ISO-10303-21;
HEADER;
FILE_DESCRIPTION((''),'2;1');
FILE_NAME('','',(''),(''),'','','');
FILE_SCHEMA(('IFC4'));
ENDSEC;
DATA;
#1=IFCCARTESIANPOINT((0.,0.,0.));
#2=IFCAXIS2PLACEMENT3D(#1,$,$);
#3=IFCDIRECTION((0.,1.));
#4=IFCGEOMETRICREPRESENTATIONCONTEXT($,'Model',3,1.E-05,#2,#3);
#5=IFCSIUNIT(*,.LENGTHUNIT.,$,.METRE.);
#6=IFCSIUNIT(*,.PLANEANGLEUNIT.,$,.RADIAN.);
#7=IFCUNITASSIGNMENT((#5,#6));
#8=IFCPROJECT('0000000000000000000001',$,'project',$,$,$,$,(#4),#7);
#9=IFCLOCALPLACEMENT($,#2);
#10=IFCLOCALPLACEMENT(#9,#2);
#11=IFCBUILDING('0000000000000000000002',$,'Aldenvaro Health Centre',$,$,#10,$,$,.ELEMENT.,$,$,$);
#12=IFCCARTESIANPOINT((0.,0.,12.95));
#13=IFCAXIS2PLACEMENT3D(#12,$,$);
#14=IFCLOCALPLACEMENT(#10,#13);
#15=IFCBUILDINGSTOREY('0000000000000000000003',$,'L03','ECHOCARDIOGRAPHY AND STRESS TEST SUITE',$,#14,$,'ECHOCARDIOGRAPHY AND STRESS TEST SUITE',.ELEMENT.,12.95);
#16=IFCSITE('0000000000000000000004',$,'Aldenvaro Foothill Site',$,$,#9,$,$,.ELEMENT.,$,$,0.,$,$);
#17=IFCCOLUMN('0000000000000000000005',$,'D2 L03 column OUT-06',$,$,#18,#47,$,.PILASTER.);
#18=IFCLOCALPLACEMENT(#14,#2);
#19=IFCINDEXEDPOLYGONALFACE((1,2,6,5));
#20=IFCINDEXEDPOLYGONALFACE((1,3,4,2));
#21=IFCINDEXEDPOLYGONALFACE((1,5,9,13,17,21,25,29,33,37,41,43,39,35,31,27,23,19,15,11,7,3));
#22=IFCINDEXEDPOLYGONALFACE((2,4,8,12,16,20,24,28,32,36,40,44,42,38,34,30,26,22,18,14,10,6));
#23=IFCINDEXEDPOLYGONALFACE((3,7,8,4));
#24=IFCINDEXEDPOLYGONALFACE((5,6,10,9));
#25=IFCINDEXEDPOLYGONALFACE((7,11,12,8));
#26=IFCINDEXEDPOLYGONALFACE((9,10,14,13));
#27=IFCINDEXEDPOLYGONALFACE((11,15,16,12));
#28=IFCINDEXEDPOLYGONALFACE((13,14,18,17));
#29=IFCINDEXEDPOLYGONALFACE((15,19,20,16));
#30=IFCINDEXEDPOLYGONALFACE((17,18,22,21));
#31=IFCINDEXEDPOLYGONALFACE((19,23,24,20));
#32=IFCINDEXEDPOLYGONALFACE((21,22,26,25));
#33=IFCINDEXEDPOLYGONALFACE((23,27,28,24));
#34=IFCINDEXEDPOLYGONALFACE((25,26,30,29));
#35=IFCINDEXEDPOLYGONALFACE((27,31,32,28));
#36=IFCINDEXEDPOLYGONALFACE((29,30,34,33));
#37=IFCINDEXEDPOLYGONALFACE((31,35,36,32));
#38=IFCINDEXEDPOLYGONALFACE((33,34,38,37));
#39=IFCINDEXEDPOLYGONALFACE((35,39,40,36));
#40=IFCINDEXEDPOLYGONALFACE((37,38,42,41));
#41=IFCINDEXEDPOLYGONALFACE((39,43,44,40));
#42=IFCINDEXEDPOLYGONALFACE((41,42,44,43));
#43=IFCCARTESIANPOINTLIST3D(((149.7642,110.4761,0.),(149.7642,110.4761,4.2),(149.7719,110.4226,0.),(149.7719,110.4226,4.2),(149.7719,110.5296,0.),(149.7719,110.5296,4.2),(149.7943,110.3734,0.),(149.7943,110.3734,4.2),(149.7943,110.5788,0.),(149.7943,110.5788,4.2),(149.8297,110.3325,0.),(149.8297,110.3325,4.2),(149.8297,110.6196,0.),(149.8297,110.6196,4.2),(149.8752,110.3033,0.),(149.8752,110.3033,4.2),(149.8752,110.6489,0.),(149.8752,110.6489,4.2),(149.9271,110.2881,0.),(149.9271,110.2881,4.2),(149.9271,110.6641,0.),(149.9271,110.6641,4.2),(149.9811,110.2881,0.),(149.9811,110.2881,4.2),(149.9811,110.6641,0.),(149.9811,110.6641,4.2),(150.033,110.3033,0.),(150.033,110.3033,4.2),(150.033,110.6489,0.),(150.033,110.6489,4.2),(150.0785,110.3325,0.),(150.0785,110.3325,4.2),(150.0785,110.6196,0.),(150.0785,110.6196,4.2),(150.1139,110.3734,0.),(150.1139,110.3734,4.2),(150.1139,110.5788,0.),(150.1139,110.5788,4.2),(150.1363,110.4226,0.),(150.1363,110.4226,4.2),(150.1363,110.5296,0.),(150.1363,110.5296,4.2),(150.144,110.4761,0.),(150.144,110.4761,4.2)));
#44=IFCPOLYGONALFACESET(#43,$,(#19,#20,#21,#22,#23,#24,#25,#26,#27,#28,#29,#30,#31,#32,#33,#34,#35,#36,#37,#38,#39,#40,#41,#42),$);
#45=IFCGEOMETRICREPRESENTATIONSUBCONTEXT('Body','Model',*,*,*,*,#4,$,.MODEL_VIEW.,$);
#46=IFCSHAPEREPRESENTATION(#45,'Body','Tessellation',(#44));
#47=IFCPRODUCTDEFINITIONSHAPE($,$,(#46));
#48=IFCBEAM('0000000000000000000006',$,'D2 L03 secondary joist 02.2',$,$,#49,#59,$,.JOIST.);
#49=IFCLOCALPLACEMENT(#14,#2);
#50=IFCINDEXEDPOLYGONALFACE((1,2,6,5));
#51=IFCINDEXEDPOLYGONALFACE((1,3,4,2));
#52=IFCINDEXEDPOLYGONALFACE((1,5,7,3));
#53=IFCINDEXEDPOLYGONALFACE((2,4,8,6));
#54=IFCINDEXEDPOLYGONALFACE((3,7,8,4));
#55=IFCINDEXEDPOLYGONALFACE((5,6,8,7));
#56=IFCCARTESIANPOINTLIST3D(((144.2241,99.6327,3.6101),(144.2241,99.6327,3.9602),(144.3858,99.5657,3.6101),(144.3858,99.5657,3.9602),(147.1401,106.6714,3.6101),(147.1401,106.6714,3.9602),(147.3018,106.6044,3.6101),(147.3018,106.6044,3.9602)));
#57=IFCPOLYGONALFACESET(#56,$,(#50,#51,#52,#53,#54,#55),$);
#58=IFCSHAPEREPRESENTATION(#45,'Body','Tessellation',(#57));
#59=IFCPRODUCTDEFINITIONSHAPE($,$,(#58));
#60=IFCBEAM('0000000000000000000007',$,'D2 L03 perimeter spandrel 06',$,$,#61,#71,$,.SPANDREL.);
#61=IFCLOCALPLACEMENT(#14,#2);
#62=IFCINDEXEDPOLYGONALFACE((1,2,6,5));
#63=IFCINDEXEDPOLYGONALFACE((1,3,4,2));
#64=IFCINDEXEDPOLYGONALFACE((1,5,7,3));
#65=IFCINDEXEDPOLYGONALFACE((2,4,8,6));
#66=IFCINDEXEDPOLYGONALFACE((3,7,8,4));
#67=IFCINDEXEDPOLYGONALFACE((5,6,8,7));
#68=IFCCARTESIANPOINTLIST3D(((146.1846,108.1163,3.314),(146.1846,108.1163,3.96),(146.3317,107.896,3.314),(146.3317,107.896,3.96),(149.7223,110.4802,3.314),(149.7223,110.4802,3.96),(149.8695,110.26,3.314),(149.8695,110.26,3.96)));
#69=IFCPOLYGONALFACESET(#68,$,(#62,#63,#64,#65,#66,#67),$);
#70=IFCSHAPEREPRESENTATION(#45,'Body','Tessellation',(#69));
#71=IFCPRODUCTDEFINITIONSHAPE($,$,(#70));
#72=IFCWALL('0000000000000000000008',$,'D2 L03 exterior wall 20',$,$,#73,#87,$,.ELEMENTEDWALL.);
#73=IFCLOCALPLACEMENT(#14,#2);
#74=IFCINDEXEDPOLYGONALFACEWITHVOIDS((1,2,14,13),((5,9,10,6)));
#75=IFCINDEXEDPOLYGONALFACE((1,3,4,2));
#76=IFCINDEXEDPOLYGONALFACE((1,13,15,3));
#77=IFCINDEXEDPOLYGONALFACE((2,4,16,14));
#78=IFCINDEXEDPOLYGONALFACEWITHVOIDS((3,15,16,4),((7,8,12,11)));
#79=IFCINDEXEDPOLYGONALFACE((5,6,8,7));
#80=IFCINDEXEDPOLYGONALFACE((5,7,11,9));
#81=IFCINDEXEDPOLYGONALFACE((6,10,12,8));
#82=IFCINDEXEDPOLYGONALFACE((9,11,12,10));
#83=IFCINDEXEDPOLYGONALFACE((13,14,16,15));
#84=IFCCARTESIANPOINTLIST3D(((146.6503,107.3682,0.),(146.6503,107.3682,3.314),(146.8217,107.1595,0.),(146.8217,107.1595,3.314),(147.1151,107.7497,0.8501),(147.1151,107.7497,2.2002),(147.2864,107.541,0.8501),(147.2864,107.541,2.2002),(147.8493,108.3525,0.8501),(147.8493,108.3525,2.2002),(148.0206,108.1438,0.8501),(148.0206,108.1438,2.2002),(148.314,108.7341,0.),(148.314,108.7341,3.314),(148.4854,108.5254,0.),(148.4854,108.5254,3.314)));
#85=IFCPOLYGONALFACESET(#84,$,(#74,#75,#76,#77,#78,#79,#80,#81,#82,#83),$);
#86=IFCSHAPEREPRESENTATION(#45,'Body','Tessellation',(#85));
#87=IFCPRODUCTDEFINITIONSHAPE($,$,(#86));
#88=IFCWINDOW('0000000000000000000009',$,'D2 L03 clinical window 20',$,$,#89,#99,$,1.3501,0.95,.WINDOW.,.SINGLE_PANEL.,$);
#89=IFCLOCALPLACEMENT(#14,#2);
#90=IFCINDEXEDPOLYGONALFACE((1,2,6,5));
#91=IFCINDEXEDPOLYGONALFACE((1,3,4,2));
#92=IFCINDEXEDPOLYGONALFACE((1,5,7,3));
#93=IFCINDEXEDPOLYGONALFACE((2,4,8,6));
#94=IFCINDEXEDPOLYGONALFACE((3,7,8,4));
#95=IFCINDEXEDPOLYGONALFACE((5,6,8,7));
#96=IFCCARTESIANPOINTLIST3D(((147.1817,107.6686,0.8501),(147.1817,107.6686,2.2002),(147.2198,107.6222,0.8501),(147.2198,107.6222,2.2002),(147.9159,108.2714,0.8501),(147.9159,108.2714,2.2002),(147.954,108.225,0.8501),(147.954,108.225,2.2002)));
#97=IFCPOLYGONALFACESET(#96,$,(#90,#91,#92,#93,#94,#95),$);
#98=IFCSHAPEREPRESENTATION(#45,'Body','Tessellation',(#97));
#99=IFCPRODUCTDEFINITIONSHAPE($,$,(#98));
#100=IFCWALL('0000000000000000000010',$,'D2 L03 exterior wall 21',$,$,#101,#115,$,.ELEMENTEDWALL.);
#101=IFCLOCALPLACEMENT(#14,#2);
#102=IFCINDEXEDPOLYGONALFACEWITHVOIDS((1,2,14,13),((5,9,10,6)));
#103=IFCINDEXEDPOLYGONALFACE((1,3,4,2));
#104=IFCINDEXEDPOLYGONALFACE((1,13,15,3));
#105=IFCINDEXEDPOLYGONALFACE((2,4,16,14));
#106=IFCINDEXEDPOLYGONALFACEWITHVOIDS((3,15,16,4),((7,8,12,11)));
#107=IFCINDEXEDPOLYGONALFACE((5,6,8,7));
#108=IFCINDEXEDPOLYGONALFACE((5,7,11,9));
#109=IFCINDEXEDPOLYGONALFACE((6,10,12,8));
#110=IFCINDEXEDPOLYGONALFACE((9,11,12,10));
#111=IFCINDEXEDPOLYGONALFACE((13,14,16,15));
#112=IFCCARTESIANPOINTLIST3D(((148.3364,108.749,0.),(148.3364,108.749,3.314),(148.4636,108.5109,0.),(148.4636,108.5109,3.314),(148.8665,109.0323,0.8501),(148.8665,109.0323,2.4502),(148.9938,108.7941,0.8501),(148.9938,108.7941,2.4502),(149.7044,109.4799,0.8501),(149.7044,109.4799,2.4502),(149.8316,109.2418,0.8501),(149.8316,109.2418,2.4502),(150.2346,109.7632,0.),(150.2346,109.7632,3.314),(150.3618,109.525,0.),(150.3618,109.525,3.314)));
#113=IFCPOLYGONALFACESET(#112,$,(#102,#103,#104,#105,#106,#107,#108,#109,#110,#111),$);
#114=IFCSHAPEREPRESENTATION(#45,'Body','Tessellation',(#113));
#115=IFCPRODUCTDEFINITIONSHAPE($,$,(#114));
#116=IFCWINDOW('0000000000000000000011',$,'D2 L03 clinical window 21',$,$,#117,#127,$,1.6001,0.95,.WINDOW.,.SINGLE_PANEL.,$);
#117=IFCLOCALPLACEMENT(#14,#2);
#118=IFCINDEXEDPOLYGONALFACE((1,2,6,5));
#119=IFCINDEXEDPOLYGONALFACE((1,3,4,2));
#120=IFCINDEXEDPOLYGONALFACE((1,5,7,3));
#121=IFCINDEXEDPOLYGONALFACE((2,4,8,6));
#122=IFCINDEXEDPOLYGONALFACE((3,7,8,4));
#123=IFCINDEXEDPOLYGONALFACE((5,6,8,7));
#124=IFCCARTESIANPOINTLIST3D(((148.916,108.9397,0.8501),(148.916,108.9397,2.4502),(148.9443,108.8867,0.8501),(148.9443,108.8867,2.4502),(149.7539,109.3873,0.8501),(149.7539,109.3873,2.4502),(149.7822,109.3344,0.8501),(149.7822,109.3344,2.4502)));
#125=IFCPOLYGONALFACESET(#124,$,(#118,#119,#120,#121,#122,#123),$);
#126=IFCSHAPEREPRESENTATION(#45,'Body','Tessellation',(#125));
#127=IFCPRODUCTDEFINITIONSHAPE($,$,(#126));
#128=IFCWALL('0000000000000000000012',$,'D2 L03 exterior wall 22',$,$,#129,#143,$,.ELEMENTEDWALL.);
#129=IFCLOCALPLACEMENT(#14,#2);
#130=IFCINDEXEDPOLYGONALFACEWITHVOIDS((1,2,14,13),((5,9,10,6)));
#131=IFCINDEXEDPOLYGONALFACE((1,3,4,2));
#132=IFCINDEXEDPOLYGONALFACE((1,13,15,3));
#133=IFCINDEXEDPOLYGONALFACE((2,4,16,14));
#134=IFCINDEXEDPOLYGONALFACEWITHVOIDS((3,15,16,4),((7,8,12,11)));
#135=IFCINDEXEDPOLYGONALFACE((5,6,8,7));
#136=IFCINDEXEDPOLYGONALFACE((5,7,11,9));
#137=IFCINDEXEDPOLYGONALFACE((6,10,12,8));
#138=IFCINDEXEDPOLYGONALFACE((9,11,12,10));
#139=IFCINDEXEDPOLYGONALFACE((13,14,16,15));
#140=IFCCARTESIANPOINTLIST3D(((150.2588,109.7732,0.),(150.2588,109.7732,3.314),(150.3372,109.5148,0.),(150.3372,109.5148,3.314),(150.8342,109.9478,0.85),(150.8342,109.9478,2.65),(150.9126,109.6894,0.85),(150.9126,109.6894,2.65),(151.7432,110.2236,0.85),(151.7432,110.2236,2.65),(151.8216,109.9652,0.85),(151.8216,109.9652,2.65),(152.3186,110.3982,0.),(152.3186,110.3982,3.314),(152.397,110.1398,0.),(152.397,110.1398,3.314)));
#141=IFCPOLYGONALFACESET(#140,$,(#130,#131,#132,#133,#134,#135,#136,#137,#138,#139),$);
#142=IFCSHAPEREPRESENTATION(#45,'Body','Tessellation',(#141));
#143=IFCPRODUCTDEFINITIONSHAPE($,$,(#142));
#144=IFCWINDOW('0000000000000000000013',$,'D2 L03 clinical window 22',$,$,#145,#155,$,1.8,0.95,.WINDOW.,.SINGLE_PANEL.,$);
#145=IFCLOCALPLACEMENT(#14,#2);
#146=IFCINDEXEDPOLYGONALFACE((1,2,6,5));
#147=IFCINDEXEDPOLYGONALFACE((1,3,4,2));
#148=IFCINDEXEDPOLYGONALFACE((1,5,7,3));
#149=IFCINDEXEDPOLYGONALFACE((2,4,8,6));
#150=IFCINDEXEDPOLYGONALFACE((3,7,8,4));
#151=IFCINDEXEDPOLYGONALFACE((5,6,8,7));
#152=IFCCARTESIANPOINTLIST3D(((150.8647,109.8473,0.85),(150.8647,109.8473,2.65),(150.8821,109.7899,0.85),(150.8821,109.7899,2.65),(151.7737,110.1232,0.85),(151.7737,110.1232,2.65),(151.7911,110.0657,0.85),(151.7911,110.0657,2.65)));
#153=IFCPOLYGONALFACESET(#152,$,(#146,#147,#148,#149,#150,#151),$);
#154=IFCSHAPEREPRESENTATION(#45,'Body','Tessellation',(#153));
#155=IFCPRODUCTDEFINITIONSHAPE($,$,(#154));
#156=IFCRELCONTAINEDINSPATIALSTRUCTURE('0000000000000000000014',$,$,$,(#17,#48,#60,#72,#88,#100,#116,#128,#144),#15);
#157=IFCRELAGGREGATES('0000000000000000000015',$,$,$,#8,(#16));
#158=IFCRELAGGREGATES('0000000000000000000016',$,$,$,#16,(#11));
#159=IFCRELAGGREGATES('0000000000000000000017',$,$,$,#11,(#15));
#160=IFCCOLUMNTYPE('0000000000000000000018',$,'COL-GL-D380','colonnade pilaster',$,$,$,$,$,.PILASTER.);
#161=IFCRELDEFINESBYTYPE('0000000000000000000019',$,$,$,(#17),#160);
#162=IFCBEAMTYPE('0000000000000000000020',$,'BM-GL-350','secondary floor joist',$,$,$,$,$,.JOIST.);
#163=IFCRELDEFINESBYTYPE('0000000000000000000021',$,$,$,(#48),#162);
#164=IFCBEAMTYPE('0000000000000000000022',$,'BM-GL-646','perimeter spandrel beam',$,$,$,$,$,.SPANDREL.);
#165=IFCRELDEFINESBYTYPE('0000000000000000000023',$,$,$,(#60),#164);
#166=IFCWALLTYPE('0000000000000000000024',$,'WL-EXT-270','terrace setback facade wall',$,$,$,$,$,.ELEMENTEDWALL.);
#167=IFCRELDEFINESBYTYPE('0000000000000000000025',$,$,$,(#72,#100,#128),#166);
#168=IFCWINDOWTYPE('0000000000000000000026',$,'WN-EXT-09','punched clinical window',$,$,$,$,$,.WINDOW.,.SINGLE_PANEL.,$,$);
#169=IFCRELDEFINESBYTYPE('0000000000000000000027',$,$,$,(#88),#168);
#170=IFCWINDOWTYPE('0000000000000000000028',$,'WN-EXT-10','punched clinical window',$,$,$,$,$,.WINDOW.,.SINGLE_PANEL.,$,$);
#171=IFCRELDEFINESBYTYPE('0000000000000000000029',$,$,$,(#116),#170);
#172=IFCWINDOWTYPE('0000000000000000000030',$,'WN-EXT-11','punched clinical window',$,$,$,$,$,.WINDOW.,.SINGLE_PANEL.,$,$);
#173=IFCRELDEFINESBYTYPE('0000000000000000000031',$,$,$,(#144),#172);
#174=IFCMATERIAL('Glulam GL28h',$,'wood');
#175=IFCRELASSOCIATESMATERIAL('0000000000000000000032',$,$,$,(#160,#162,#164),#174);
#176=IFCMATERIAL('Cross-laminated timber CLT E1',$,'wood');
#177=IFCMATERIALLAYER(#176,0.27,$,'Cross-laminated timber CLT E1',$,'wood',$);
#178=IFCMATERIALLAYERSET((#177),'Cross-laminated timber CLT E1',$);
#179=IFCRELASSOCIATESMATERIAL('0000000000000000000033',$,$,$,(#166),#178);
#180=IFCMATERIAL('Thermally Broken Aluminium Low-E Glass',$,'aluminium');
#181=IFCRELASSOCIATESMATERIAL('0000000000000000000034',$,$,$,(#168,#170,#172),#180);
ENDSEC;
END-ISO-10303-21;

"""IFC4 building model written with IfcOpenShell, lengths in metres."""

from ifc_helpers import new_model, si_unit, direction, frame, frame_2d, origin, origin_2d, place, context, subcontext, project, spatial, rectangle, circle, extrude, material, layer, layer_set, material_profile, profile_set, type_object, element, fill, save


model = new_model("IFC4")

# Units and contexts
model_context = context("Model", 3, precision=1e-05, world=origin(), true_north=direction((0.0, 1.0)))
body_context = subcontext(model_context, "Body", "Model", "MODEL_VIEW")
ifc_project = project(units=[si_unit("LENGTHUNIT", "METRE"), si_unit("PLANEANGLEUNIT", "RADIAN")], contexts=[model_context])

# Site, building, storey
site_placement = place(None, origin())
site = spatial("IfcSite", under=ifc_project, at=site_placement, Name="Aldenvaro Foothill Site", CompositionType="ELEMENT", RefElevation=0.0)
building_placement = place(site_placement, origin())
building = spatial("IfcBuilding", under=site, at=building_placement, Name="Aldenvaro Health Centre", CompositionType="ELEMENT")
storey_placement = place(building_placement, frame((0.0, 0.0, 12.95)))
storey = spatial("IfcBuildingStorey", under=building, at=storey_placement, Name="L03", Description="ECHOCARDIOGRAPHY AND STRESS TEST SUITE", LongName="ECHOCARDIOGRAPHY AND STRESS TEST SUITE", CompositionType="ELEMENT", Elevation=12.95)

# Column
ifc_material_1 = material(Name="Glulam GL28h", Category="wood")
ifc_material_profile_1 = material_profile(ifc_material_1, circle(Radius=0.1899, at=origin_2d()), Name="GL D380", Category="wood")
ifc_profile_set_1 = profile_set([ifc_material_profile_1], Name="Glulam GL28h")
column_type = type_object("IfcColumnType", Name="COL-GL-D380", Description="colonnade pilaster", PredefinedType="PILASTER", material=ifc_profile_set_1)
column_placement = place(storey_placement, frame((149.9541, 110.4761, 0.0), z_axis=(0.0, 0.0, 1.0), x_axis=(1.0, 0.0, 0.0)))
element("IfcColumn", 1, at=column_placement, inside=storey, type_object=column_type, Name="D2 L03 column OUT-06", PredefinedType="PILASTER", context=body_context, shape_type="SweptSolid", body=[
    extrude(circle(Radius=0.1899, at=origin_2d()), origin(), (0.0, 0.0, 1.0), 4.2),
])

# Beams
ifc_material_profile_2 = material_profile(ifc_material_1, rectangle(XDim=0.175, YDim=0.3501, at=origin_2d()), Name="GL 175x350", Category="wood")
ifc_profile_set_2 = profile_set([ifc_material_profile_2], Name="Glulam GL28h")
beam_type_1 = type_object("IfcBeamType", Name="BM-GL-350", Description="secondary floor joist", PredefinedType="JOIST", material=ifc_profile_set_2)
beam_1_placement = place(storey_placement, frame((147.2209, 106.6379, 3.7852), z_axis=(-0.382733, -0.923859, 0.0), x_axis=(0.923859, -0.382733, 0.0)))
element("IfcBeam", 2, at=beam_1_placement, inside=storey, type_object=beam_type_1, Name="D2 L03 secondary joist 02.2", PredefinedType="JOIST", context=body_context, shape_type="SweptSolid", body=[
    extrude(rectangle(XDim=0.175, YDim=0.3501, at=origin_2d()), origin(), (0.0, 0.0, 1.0), 7.6189),
])
ifc_material_profile_3 = material_profile(ifc_material_1, rectangle(XDim=0.2649, YDim=0.646, at=origin_2d()), Name="GL 265x646", Category="wood")
ifc_profile_set_3 = profile_set([ifc_material_profile_3], Name="Glulam GL28h")
beam_type_2 = type_object("IfcBeamType", Name="BM-GL-646", Description="perimeter spandrel beam", PredefinedType="SPANDREL", material=ifc_profile_set_3)
beam_2_placement = place(storey_placement, frame((149.7959, 110.3701, 3.637), z_axis=(-0.831458, -0.555587, 0.0), x_axis=(0.555587, -0.831458, 0.0)))
element("IfcBeam", 3, at=beam_2_placement, inside=storey, type_object=beam_type_2, Name="D2 L03 perimeter spandrel 06", PredefinedType="SPANDREL", context=body_context, shape_type="SweptSolid", body=[
    extrude(rectangle(XDim=0.2649, YDim=0.646, at=origin_2d()), origin(), (0.0, 0.0, 1.0), 4.2549),
])

# Walls, openings, windows
ifc_material_2 = material(Name="Cross-laminated timber CLT E1", Category="wood")
ifc_layer_1 = layer(ifc_material_2, 0.27, Name="Cross-laminated timber CLT E1", Category="wood")
ifc_layer_set_1 = layer_set([ifc_layer_1], Name="Cross-laminated timber CLT E1")
wall_type_1 = type_object("IfcWallType", Name="WL-EXT-270", Description="terrace setback facade wall", PredefinedType="ELEMENTEDWALL", material=ifc_layer_set_1)
wall_1_placement = place(storey_placement, frame((146.7361, 107.2639, 0.0), z_axis=(0.0, 0.0, 1.0), x_axis=(0.772895, 0.634534, 0.0)))
wall_1 = element("IfcWall", 4, at=wall_1_placement, inside=storey, type_object=wall_type_1, Name="D2 L03 exterior wall 20", PredefinedType="ELEMENTEDWALL", context=body_context, shape_type="SweptSolid", body=[
    extrude(rectangle(XDim=2.1526, YDim=0.27, at=frame_2d((1.0762, 0.0))), origin(), (0.0, 0.0, 1.0), 3.314),
])
opening_1_placement = place(wall_1_placement, frame((0.6011, 0.0, 0.8501)))
opening_1 = element("IfcOpeningElement", 5, at=opening_1_placement, cuts=wall_1, PredefinedType="OPENING", context=body_context, shape_type="SweptSolid", body=[
    extrude(rectangle(XDim=0.95, YDim=1.3501, at=frame_2d((0.4751, 0.675))), frame((0.0, 0.145, 0.0), z_axis=(0.0, -1.0, 0.0), x_axis=(1.0, 0.0, 0.0)), (0.0, 0.0, 1.0), 0.29),
])
ifc_material_3 = material(Name="Thermally Broken Aluminium Low-E Glass", Category="aluminium")
window_type_1 = type_object("IfcWindowType", Name="WN-EXT-09", Description="punched clinical window", PartitioningType="SINGLE_PANEL", PredefinedType="WINDOW", material=ifc_material_3)
window_1_placement = place(opening_1_placement, origin())
window_1 = element("IfcWindow", 6, at=window_1_placement, inside=storey, type_object=window_type_1, Name="D2 L03 clinical window 20", OverallHeight=1.3501, OverallWidth=0.95, PartitioningType="SINGLE_PANEL", PredefinedType="WINDOW", context=body_context, shape_type="SweptSolid", body=[
    extrude(rectangle(XDim=0.95, YDim=1.3501, at=frame_2d((0.4751, 0.675))), frame((0.0, 0.03, 0.0), z_axis=(0.0, -1.0, 0.0), x_axis=(1.0, 0.0, 0.0)), (0.0, 0.0, 1.0), 0.0601),
])
fill(opening_1, window_1)
wall_2_placement = place(storey_placement, frame((148.3999, 108.6299, 0.0), z_axis=(0.0, 0.0, 1.0), x_axis=(0.882007, 0.471236, 0.0)))
wall_2 = element("IfcWall", 7, at=wall_2_placement, inside=storey, type_object=wall_type_1, Name="D2 L03 exterior wall 21", PredefinedType="ELEMENTEDWALL", context=body_context, shape_type="SweptSolid", body=[
    extrude(rectangle(XDim=2.1521, YDim=0.27, at=frame_2d((1.0762, 0.0))), origin(), (0.0, 0.0, 1.0), 3.314),
])
opening_2_placement = place(wall_2_placement, frame((0.6011, 0.0, 0.8501)))
opening_2 = element("IfcOpeningElement", 8, at=opening_2_placement, cuts=wall_2, PredefinedType="OPENING", context=body_context, shape_type="SweptSolid", body=[
    extrude(rectangle(XDim=0.95, YDim=1.6001, at=frame_2d((0.4751, 0.8))), frame((0.0, 0.145, 0.0), z_axis=(0.0, -1.0, 0.0), x_axis=(1.0, 0.0, 0.0)), (0.0, 0.0, 1.0), 0.29),
])
window_type_2 = type_object("IfcWindowType", Name="WN-EXT-10", Description="punched clinical window", PartitioningType="SINGLE_PANEL", PredefinedType="WINDOW", material=ifc_material_3)
window_2_placement = place(opening_2_placement, origin())
window_2 = element("IfcWindow", 9, at=window_2_placement, inside=storey, type_object=window_type_2, Name="D2 L03 clinical window 21", OverallHeight=1.6001, OverallWidth=0.95, PartitioningType="SINGLE_PANEL", PredefinedType="WINDOW", context=body_context, shape_type="SweptSolid", body=[
    extrude(rectangle(XDim=0.95, YDim=1.6001, at=frame_2d((0.4751, 0.8))), frame((0.0, 0.03, 0.0), z_axis=(0.0, -1.0, 0.0), x_axis=(1.0, 0.0, 0.0)), (0.0, 0.0, 1.0), 0.0601),
])
fill(opening_2, window_2)
wall_3_placement = place(storey_placement, frame((150.2981, 109.644, 0.0), z_axis=(0.0, 0.0, 1.0), x_axis=(0.956919, 0.290354, 0.0)))
wall_3 = element("IfcWall", 10, at=wall_3_placement, inside=storey, type_object=wall_type_1, Name="D2 L03 exterior wall 22", PredefinedType="ELEMENTEDWALL", context=body_context, shape_type="SweptSolid", body=[
    extrude(rectangle(XDim=2.1526, YDim=0.27, at=frame_2d((1.0762, 0.0))), origin(), (0.0, 0.0, 1.0), 3.314),
])
opening_3_placement = place(wall_3_placement, frame((0.6011, 0.0, 0.8501)))
opening_3 = element("IfcOpeningElement", 11, at=opening_3_placement, cuts=wall_3, PredefinedType="OPENING", context=body_context, shape_type="SweptSolid", body=[
    extrude(rectangle(XDim=0.95, YDim=1.8, at=frame_2d((0.4751, 0.8999))), frame((0.0, 0.145, 0.0), z_axis=(0.0, -1.0, 0.0), x_axis=(1.0, 0.0, 0.0)), (0.0, 0.0, 1.0), 0.29),
])
window_type_3 = type_object("IfcWindowType", Name="WN-EXT-11", Description="punched clinical window", PartitioningType="SINGLE_PANEL", PredefinedType="WINDOW", material=ifc_material_3)
window_3_placement = place(opening_3_placement, origin())
window_3 = element("IfcWindow", 12, at=window_3_placement, inside=storey, type_object=window_type_3, Name="D2 L03 clinical window 22", OverallHeight=1.8, OverallWidth=0.95, PartitioningType="SINGLE_PANEL", PredefinedType="WINDOW", context=body_context, shape_type="SweptSolid", body=[
    extrude(rectangle(XDim=0.95, YDim=1.8, at=frame_2d((0.4751, 0.8999))), frame((0.0, 0.03, 0.0), z_axis=(0.0, -1.0, 0.0), x_axis=(1.0, 0.0, 0.0)), (0.0, 0.0, 1.0), 0.0601),
])
fill(opening_3, window_3)

save(model, "model.ifc")
